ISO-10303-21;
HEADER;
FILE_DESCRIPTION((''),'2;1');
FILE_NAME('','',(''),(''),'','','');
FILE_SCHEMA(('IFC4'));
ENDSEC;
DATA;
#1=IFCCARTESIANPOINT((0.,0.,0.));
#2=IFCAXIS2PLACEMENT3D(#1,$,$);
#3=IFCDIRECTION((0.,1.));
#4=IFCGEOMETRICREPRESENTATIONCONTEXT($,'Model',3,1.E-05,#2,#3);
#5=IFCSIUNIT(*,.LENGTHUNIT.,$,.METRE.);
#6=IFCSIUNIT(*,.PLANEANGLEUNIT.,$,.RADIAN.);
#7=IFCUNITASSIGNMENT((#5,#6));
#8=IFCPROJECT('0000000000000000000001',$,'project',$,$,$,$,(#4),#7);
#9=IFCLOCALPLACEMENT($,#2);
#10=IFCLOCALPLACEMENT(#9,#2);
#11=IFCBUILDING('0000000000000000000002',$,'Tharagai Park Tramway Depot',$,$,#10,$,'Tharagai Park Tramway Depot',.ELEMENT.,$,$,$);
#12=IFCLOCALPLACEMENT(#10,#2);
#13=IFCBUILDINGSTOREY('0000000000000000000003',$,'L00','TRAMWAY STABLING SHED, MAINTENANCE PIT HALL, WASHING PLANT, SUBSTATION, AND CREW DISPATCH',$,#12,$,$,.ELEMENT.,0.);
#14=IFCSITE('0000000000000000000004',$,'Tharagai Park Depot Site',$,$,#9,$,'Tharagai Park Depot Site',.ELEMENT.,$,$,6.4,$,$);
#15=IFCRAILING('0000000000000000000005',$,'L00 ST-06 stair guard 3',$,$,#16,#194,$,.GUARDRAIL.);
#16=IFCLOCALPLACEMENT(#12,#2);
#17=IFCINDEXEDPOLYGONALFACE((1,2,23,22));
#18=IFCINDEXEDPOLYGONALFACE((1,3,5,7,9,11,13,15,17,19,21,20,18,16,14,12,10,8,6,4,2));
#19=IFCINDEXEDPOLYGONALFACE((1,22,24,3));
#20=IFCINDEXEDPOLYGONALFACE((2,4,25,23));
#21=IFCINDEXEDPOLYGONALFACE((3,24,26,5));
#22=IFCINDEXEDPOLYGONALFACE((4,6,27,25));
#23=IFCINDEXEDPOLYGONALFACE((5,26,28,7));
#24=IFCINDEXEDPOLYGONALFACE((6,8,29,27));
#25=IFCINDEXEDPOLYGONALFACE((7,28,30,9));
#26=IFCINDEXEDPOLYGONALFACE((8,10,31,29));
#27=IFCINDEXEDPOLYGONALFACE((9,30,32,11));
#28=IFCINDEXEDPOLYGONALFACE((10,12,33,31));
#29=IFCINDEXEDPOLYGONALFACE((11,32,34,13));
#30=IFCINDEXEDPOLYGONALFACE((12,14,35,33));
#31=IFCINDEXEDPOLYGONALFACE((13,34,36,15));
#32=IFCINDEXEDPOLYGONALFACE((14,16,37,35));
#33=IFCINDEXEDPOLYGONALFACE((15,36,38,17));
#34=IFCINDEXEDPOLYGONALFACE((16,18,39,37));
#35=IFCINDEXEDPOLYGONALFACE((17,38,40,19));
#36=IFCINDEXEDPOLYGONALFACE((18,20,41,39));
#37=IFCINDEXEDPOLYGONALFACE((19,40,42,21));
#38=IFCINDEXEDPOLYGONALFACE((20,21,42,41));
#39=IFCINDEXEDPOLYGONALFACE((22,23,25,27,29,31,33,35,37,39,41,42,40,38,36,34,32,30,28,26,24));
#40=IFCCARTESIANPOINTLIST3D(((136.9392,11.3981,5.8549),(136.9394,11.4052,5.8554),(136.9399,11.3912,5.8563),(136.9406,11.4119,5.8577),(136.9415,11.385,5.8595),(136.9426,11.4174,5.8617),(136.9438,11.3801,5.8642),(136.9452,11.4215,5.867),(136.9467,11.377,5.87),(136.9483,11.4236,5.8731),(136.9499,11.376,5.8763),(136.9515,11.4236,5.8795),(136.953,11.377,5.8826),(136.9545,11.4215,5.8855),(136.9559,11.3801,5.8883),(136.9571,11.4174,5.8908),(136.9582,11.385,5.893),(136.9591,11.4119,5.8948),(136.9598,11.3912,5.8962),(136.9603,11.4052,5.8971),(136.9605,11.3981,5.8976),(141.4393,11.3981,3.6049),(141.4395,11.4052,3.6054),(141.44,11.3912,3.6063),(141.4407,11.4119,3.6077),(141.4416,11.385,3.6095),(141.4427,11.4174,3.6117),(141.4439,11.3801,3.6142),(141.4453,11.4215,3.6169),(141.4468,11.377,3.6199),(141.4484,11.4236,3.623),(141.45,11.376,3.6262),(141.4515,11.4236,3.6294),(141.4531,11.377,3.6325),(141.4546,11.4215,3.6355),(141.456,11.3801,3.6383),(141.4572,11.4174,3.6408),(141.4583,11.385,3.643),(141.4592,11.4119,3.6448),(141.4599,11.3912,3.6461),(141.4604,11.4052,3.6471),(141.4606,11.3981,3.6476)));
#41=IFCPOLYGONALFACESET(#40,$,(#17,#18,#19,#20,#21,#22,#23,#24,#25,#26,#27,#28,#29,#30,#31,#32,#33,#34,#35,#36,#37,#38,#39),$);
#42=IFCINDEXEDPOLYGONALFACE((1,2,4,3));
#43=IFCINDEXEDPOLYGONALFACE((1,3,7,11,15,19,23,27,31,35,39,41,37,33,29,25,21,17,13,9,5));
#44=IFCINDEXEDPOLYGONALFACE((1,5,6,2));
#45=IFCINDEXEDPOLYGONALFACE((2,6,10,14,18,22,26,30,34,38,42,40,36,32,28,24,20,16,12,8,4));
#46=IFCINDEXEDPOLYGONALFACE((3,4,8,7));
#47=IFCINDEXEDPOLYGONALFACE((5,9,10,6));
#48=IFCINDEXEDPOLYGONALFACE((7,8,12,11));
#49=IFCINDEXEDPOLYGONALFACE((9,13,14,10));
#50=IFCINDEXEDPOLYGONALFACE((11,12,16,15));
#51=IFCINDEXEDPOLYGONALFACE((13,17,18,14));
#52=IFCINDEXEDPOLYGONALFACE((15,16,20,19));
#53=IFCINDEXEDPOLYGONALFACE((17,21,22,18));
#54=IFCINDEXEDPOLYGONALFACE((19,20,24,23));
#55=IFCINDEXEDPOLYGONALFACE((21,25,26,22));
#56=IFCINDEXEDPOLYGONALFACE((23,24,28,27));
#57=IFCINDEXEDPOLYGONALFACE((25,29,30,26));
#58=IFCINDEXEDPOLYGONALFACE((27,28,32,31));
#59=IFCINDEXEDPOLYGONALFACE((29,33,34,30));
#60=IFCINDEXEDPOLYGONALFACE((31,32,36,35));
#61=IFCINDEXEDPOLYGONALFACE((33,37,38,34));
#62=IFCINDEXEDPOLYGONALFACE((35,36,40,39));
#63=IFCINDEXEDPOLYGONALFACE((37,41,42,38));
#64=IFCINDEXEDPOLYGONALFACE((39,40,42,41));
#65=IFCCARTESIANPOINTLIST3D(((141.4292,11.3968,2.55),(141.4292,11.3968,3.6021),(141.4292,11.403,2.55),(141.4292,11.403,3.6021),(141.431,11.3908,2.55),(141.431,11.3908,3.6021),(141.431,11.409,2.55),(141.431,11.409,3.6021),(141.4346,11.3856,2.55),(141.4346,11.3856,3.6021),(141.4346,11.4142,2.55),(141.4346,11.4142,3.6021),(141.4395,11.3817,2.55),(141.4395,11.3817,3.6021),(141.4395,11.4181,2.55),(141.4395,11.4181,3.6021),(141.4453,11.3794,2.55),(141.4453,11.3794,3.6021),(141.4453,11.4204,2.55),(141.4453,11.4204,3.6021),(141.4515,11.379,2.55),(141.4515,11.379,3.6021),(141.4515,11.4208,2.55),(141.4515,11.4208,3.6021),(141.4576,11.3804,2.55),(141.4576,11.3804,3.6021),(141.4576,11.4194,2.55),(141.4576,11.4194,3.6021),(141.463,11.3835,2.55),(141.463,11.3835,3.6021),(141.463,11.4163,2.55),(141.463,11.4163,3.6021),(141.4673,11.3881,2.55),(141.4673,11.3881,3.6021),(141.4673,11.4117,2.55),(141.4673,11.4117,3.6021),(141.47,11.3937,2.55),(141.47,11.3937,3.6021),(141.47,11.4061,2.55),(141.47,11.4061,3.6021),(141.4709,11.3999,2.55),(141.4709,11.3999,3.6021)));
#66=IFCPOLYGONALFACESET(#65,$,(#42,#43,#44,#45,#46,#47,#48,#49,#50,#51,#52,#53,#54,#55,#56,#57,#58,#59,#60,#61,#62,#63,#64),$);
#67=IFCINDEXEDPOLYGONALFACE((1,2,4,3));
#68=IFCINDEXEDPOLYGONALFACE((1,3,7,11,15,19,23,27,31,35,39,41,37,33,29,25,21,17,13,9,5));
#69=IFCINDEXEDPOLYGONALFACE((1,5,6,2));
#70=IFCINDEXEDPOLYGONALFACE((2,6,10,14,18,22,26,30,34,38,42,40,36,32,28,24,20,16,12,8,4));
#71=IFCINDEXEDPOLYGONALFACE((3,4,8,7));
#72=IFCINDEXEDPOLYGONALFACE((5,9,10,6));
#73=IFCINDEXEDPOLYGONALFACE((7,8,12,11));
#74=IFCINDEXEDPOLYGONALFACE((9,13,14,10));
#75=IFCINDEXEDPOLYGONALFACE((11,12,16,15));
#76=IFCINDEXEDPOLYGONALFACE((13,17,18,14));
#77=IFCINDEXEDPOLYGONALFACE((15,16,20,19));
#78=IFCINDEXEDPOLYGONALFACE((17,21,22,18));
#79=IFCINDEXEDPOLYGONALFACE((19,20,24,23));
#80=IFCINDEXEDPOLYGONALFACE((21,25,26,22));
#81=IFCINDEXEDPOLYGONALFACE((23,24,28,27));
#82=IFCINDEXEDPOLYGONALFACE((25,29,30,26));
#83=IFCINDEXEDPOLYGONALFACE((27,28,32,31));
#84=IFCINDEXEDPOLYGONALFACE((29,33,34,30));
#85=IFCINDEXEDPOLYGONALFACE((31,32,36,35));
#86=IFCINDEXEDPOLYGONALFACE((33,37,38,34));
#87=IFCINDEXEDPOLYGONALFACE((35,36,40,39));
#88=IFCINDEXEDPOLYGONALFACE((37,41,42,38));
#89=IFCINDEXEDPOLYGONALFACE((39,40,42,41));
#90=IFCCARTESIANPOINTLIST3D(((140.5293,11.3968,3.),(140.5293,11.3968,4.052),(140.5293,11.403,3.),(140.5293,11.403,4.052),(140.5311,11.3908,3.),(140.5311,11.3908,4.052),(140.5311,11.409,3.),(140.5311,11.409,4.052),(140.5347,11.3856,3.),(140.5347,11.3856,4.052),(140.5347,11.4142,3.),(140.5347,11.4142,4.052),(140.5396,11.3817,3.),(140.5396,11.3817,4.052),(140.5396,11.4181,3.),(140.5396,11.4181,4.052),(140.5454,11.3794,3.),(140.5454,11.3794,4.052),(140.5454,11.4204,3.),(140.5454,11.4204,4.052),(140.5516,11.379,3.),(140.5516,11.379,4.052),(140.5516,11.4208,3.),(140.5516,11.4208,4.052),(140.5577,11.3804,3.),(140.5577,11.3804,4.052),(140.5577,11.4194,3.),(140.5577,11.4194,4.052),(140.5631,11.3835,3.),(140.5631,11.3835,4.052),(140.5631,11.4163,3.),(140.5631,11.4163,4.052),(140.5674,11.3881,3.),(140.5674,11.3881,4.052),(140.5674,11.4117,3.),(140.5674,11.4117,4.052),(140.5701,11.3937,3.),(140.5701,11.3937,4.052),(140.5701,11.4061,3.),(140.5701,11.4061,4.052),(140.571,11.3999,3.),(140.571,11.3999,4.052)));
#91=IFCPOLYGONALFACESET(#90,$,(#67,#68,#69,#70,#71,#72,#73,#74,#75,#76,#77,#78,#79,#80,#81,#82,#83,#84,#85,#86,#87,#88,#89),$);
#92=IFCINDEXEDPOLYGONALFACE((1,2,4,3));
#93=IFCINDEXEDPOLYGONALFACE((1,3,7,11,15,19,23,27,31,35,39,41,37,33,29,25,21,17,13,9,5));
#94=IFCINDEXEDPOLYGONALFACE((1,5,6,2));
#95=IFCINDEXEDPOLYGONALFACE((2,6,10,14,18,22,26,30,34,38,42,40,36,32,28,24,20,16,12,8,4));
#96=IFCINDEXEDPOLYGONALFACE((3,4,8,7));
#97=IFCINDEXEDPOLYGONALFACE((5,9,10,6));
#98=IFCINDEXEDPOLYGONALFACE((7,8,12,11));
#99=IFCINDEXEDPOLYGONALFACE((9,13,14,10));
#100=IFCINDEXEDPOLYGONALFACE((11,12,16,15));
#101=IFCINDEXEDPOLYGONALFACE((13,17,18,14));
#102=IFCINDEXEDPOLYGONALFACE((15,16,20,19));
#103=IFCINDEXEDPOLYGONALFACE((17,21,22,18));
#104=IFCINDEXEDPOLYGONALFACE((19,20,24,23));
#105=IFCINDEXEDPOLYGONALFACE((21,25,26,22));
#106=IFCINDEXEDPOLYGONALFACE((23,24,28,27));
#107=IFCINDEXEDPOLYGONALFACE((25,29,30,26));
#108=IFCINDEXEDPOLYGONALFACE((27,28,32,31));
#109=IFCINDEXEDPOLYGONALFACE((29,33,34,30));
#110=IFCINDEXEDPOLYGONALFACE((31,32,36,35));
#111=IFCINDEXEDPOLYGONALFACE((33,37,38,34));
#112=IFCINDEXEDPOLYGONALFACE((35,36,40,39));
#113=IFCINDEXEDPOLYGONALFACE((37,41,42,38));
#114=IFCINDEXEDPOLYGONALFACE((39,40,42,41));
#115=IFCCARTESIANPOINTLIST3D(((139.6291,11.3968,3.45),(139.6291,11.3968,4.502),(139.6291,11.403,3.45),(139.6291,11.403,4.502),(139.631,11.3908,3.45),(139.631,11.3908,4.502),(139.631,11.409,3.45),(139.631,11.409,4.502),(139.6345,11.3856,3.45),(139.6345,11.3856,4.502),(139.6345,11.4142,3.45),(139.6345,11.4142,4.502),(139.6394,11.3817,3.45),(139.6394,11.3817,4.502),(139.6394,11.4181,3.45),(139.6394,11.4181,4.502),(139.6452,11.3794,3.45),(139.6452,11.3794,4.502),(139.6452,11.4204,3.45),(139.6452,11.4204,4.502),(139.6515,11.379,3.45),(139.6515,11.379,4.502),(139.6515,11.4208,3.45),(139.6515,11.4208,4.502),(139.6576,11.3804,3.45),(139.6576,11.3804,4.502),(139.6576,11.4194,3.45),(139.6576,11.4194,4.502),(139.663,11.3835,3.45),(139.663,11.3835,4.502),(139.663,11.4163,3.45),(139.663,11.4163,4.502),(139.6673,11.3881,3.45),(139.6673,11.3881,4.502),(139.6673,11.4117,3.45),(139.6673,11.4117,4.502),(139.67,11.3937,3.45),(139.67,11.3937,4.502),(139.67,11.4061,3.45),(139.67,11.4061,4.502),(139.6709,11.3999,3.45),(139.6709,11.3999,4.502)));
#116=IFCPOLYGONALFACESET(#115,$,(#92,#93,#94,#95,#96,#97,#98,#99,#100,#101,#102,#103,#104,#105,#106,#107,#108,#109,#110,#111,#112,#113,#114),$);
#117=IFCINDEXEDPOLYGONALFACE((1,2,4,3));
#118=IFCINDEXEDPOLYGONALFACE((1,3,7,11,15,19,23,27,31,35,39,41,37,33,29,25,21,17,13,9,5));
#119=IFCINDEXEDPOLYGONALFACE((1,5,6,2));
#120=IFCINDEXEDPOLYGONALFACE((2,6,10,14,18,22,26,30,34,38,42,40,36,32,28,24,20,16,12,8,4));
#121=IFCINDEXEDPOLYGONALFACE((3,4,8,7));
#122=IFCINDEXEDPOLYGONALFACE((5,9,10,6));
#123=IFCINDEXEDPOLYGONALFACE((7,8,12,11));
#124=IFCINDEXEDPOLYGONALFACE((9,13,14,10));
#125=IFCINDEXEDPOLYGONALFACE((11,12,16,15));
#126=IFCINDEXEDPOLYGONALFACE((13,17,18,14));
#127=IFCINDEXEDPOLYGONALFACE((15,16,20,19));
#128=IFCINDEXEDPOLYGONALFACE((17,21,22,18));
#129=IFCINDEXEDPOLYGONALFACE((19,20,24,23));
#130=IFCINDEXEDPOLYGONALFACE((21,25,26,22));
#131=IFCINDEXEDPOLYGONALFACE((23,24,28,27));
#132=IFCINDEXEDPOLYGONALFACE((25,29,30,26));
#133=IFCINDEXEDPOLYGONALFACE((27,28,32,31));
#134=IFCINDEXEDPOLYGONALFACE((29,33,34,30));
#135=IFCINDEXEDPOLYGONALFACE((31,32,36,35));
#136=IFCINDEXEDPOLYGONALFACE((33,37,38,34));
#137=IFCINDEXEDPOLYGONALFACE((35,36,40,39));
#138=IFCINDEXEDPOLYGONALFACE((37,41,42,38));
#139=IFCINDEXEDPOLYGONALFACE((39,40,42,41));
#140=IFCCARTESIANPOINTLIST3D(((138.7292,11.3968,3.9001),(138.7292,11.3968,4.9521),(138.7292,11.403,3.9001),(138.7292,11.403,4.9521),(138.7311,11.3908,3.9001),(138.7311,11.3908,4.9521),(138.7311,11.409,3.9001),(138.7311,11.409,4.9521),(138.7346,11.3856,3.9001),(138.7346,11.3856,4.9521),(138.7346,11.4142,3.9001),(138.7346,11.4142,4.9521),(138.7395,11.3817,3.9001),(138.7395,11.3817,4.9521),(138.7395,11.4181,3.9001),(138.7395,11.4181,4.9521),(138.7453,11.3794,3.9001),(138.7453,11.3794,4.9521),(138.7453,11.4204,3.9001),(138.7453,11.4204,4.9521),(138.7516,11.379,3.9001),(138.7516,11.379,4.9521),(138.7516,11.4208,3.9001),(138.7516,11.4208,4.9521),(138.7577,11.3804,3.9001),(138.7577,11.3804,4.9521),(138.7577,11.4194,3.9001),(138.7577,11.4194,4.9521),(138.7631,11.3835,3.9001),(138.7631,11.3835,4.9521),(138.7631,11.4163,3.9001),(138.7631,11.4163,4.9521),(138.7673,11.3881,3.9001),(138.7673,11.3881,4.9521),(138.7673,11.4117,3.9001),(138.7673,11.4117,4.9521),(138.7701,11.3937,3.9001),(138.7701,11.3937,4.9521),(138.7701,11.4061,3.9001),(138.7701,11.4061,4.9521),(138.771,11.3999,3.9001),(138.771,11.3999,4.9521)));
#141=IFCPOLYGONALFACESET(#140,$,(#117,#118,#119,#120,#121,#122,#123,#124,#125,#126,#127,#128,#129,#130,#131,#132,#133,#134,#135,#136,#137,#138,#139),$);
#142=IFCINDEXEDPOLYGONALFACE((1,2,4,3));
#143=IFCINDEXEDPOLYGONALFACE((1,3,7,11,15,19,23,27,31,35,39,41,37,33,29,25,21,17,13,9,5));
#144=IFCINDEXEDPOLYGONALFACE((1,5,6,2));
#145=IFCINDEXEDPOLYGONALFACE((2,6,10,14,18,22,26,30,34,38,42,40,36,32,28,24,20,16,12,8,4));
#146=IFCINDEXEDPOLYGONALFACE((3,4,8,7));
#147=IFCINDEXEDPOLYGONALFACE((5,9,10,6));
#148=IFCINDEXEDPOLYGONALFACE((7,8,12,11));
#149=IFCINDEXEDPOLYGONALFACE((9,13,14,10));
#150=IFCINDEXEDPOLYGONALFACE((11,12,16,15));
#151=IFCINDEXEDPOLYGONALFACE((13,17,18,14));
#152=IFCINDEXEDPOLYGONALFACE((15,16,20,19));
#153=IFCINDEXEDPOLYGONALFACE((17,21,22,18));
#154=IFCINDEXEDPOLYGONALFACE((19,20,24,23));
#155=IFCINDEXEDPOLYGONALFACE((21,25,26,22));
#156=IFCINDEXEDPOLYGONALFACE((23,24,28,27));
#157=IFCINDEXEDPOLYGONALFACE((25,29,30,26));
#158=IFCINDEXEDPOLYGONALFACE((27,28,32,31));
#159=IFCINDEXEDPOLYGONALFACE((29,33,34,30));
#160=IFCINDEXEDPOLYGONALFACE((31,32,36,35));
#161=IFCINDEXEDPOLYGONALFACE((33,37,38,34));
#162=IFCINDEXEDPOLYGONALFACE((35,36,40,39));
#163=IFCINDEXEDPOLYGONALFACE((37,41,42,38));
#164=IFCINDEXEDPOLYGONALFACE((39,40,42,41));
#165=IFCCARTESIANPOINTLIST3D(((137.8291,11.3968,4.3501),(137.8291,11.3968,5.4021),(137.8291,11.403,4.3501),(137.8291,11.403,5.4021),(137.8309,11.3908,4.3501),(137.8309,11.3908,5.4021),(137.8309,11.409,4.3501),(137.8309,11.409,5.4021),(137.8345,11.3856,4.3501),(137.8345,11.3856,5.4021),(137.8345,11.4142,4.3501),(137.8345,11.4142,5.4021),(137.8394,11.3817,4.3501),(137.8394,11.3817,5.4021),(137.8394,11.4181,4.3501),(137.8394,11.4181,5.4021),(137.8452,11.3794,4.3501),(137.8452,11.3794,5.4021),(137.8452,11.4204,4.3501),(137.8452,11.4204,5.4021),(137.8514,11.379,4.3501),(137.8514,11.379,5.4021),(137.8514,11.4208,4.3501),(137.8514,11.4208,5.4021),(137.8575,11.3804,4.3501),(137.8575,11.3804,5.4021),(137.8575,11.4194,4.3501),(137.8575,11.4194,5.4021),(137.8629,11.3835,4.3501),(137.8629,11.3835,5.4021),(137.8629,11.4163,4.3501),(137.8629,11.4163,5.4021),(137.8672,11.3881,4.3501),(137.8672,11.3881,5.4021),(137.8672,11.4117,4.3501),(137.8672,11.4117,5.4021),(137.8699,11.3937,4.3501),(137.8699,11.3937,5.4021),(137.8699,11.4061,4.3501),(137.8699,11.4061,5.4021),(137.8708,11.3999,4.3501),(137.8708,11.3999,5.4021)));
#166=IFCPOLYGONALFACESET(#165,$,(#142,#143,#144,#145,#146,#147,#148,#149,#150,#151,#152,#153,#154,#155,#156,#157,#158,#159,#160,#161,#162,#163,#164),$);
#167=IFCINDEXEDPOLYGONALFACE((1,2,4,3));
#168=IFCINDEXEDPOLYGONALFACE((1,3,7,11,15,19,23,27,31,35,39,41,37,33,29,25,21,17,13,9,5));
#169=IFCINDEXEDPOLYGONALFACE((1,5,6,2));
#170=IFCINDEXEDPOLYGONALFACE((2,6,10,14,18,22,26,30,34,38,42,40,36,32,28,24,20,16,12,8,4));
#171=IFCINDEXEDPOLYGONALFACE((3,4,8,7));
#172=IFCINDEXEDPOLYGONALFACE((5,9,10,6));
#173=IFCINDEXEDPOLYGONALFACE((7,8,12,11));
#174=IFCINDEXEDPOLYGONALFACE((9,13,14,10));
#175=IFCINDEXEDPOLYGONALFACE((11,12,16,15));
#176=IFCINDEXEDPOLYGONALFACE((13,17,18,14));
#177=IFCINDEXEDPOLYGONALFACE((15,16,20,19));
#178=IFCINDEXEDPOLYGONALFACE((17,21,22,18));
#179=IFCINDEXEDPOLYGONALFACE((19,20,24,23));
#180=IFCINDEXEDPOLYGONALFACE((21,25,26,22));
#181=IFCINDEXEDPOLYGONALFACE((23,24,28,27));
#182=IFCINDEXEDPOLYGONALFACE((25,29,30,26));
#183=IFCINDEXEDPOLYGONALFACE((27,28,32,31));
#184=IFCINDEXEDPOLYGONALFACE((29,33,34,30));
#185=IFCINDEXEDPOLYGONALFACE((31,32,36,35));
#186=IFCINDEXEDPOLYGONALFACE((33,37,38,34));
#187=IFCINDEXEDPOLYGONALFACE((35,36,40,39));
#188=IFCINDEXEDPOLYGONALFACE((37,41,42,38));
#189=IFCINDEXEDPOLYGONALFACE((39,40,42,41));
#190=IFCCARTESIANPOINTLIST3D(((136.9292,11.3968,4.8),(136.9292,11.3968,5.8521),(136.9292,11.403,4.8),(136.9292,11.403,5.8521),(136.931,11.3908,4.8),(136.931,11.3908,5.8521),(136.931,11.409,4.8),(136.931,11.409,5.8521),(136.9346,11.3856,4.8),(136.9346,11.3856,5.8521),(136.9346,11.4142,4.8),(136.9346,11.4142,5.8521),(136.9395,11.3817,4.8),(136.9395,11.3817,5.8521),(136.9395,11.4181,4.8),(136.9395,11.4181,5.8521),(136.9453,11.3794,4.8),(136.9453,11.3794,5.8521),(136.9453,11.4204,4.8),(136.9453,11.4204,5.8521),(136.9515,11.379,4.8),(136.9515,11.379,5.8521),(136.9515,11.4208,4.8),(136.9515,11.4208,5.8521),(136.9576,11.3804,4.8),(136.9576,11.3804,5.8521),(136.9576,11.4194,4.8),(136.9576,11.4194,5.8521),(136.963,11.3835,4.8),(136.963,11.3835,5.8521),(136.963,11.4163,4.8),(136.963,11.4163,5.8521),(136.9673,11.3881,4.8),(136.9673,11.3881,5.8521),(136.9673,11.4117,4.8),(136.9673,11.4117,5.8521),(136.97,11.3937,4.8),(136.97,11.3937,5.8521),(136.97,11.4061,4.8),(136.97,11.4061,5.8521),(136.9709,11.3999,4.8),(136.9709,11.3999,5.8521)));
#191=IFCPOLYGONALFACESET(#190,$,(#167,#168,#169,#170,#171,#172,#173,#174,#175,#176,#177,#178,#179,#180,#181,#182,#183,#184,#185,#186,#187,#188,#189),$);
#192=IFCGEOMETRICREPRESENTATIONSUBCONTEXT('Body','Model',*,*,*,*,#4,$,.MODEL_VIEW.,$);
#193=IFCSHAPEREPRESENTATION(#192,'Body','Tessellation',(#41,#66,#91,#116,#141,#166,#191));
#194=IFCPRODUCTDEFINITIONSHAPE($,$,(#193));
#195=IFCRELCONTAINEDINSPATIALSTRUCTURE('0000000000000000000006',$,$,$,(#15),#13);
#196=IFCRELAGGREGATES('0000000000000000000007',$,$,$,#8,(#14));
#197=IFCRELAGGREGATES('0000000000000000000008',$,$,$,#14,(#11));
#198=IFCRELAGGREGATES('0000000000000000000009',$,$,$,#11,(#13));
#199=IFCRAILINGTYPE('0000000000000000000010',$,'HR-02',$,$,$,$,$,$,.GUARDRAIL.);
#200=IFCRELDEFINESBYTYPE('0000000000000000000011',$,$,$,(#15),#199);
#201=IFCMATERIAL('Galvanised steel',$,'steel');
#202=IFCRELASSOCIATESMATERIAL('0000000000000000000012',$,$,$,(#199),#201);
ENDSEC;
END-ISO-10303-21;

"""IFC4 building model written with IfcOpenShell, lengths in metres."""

from ifc_helpers import new_model, si_unit, direction, frame, origin, origin_2d, place, context, subcontext, project, spatial, circle, extrude, material, type_object, element, save


model = new_model("IFC4")

# Units and contexts
model_context = context("Model", 3, precision=1e-05, world=origin(), true_north=direction((0.0, 1.0)))
body_context = subcontext(model_context, "Body", "Model", "MODEL_VIEW")
ifc_project = project(units=[si_unit("LENGTHUNIT", "METRE"), si_unit("PLANEANGLEUNIT", "RADIAN")], contexts=[model_context])

# Site, building, storey
site_placement = place(None, origin())
site = spatial("IfcSite", under=ifc_project, at=site_placement, Name="Tharagai Park Depot Site", LongName="Tharagai Park Depot Site", CompositionType="ELEMENT", RefElevation=6.4)
building_placement = place(site_placement, origin())
building = spatial("IfcBuilding", under=site, at=building_placement, Name="Tharagai Park Tramway Depot", LongName="Tharagai Park Tramway Depot", CompositionType="ELEMENT")
storey_placement = place(building_placement, origin())
storey = spatial("IfcBuildingStorey", under=building, at=storey_placement, Name="L00", Description="TRAMWAY STABLING SHED, MAINTENANCE PIT HALL, WASHING PLANT, SUBSTATION, AND CREW DISPATCH", CompositionType="ELEMENT", Elevation=0.0)

# Railing
ifc_material_1 = material(Name="Galvanised steel", Category="steel")
railing_type_1 = type_object("IfcRailingType", Name="HR-02", PredefinedType="GUARDRAIL", material=ifc_material_1)
railing_1_placement = place(storey_placement, frame((141.45, 11.3999, 2.55)))
element("IfcRailing", 1, at=railing_1_placement, inside=storey, type_object=railing_type_1, Name="L00 ST-06 stair guard 3", PredefinedType="GUARDRAIL", context=body_context, shape_type="SweptSolid", body=[
    extrude(circle(Radius=0.0239, at=origin_2d()), frame((0.0, 0.0, 1.0762), z_axis=(-0.894427, 0.0, 0.447214), x_axis=(0.0, -1.0, 0.0)), (0.0, 0.0, 1.0), 5.0312),
    extrude(circle(Radius=0.021, at=origin_2d()), origin(), (0.0, 0.0, 1.0), 1.052),
    extrude(circle(Radius=0.021, at=origin_2d()), frame((-0.8999, 0.0, 0.45)), (0.0, 0.0, 1.0), 1.052),
    extrude(circle(Radius=0.021, at=origin_2d()), frame((-1.8, 0.0, 0.8999)), (0.0, 0.0, 1.0), 1.052),
    extrude(circle(Radius=0.021, at=origin_2d()), frame((-2.7, 0.0, 1.3501)), (0.0, 0.0, 1.0), 1.052),
    extrude(circle(Radius=0.021, at=origin_2d()), frame((-3.6001, 0.0, 1.8)), (0.0, 0.0, 1.0), 1.052),
    extrude(circle(Radius=0.021, at=origin_2d()), frame((-4.5, 0.0, 2.25)), (0.0, 0.0, 1.0), 1.052),
])

save(model, "model.ifc")
